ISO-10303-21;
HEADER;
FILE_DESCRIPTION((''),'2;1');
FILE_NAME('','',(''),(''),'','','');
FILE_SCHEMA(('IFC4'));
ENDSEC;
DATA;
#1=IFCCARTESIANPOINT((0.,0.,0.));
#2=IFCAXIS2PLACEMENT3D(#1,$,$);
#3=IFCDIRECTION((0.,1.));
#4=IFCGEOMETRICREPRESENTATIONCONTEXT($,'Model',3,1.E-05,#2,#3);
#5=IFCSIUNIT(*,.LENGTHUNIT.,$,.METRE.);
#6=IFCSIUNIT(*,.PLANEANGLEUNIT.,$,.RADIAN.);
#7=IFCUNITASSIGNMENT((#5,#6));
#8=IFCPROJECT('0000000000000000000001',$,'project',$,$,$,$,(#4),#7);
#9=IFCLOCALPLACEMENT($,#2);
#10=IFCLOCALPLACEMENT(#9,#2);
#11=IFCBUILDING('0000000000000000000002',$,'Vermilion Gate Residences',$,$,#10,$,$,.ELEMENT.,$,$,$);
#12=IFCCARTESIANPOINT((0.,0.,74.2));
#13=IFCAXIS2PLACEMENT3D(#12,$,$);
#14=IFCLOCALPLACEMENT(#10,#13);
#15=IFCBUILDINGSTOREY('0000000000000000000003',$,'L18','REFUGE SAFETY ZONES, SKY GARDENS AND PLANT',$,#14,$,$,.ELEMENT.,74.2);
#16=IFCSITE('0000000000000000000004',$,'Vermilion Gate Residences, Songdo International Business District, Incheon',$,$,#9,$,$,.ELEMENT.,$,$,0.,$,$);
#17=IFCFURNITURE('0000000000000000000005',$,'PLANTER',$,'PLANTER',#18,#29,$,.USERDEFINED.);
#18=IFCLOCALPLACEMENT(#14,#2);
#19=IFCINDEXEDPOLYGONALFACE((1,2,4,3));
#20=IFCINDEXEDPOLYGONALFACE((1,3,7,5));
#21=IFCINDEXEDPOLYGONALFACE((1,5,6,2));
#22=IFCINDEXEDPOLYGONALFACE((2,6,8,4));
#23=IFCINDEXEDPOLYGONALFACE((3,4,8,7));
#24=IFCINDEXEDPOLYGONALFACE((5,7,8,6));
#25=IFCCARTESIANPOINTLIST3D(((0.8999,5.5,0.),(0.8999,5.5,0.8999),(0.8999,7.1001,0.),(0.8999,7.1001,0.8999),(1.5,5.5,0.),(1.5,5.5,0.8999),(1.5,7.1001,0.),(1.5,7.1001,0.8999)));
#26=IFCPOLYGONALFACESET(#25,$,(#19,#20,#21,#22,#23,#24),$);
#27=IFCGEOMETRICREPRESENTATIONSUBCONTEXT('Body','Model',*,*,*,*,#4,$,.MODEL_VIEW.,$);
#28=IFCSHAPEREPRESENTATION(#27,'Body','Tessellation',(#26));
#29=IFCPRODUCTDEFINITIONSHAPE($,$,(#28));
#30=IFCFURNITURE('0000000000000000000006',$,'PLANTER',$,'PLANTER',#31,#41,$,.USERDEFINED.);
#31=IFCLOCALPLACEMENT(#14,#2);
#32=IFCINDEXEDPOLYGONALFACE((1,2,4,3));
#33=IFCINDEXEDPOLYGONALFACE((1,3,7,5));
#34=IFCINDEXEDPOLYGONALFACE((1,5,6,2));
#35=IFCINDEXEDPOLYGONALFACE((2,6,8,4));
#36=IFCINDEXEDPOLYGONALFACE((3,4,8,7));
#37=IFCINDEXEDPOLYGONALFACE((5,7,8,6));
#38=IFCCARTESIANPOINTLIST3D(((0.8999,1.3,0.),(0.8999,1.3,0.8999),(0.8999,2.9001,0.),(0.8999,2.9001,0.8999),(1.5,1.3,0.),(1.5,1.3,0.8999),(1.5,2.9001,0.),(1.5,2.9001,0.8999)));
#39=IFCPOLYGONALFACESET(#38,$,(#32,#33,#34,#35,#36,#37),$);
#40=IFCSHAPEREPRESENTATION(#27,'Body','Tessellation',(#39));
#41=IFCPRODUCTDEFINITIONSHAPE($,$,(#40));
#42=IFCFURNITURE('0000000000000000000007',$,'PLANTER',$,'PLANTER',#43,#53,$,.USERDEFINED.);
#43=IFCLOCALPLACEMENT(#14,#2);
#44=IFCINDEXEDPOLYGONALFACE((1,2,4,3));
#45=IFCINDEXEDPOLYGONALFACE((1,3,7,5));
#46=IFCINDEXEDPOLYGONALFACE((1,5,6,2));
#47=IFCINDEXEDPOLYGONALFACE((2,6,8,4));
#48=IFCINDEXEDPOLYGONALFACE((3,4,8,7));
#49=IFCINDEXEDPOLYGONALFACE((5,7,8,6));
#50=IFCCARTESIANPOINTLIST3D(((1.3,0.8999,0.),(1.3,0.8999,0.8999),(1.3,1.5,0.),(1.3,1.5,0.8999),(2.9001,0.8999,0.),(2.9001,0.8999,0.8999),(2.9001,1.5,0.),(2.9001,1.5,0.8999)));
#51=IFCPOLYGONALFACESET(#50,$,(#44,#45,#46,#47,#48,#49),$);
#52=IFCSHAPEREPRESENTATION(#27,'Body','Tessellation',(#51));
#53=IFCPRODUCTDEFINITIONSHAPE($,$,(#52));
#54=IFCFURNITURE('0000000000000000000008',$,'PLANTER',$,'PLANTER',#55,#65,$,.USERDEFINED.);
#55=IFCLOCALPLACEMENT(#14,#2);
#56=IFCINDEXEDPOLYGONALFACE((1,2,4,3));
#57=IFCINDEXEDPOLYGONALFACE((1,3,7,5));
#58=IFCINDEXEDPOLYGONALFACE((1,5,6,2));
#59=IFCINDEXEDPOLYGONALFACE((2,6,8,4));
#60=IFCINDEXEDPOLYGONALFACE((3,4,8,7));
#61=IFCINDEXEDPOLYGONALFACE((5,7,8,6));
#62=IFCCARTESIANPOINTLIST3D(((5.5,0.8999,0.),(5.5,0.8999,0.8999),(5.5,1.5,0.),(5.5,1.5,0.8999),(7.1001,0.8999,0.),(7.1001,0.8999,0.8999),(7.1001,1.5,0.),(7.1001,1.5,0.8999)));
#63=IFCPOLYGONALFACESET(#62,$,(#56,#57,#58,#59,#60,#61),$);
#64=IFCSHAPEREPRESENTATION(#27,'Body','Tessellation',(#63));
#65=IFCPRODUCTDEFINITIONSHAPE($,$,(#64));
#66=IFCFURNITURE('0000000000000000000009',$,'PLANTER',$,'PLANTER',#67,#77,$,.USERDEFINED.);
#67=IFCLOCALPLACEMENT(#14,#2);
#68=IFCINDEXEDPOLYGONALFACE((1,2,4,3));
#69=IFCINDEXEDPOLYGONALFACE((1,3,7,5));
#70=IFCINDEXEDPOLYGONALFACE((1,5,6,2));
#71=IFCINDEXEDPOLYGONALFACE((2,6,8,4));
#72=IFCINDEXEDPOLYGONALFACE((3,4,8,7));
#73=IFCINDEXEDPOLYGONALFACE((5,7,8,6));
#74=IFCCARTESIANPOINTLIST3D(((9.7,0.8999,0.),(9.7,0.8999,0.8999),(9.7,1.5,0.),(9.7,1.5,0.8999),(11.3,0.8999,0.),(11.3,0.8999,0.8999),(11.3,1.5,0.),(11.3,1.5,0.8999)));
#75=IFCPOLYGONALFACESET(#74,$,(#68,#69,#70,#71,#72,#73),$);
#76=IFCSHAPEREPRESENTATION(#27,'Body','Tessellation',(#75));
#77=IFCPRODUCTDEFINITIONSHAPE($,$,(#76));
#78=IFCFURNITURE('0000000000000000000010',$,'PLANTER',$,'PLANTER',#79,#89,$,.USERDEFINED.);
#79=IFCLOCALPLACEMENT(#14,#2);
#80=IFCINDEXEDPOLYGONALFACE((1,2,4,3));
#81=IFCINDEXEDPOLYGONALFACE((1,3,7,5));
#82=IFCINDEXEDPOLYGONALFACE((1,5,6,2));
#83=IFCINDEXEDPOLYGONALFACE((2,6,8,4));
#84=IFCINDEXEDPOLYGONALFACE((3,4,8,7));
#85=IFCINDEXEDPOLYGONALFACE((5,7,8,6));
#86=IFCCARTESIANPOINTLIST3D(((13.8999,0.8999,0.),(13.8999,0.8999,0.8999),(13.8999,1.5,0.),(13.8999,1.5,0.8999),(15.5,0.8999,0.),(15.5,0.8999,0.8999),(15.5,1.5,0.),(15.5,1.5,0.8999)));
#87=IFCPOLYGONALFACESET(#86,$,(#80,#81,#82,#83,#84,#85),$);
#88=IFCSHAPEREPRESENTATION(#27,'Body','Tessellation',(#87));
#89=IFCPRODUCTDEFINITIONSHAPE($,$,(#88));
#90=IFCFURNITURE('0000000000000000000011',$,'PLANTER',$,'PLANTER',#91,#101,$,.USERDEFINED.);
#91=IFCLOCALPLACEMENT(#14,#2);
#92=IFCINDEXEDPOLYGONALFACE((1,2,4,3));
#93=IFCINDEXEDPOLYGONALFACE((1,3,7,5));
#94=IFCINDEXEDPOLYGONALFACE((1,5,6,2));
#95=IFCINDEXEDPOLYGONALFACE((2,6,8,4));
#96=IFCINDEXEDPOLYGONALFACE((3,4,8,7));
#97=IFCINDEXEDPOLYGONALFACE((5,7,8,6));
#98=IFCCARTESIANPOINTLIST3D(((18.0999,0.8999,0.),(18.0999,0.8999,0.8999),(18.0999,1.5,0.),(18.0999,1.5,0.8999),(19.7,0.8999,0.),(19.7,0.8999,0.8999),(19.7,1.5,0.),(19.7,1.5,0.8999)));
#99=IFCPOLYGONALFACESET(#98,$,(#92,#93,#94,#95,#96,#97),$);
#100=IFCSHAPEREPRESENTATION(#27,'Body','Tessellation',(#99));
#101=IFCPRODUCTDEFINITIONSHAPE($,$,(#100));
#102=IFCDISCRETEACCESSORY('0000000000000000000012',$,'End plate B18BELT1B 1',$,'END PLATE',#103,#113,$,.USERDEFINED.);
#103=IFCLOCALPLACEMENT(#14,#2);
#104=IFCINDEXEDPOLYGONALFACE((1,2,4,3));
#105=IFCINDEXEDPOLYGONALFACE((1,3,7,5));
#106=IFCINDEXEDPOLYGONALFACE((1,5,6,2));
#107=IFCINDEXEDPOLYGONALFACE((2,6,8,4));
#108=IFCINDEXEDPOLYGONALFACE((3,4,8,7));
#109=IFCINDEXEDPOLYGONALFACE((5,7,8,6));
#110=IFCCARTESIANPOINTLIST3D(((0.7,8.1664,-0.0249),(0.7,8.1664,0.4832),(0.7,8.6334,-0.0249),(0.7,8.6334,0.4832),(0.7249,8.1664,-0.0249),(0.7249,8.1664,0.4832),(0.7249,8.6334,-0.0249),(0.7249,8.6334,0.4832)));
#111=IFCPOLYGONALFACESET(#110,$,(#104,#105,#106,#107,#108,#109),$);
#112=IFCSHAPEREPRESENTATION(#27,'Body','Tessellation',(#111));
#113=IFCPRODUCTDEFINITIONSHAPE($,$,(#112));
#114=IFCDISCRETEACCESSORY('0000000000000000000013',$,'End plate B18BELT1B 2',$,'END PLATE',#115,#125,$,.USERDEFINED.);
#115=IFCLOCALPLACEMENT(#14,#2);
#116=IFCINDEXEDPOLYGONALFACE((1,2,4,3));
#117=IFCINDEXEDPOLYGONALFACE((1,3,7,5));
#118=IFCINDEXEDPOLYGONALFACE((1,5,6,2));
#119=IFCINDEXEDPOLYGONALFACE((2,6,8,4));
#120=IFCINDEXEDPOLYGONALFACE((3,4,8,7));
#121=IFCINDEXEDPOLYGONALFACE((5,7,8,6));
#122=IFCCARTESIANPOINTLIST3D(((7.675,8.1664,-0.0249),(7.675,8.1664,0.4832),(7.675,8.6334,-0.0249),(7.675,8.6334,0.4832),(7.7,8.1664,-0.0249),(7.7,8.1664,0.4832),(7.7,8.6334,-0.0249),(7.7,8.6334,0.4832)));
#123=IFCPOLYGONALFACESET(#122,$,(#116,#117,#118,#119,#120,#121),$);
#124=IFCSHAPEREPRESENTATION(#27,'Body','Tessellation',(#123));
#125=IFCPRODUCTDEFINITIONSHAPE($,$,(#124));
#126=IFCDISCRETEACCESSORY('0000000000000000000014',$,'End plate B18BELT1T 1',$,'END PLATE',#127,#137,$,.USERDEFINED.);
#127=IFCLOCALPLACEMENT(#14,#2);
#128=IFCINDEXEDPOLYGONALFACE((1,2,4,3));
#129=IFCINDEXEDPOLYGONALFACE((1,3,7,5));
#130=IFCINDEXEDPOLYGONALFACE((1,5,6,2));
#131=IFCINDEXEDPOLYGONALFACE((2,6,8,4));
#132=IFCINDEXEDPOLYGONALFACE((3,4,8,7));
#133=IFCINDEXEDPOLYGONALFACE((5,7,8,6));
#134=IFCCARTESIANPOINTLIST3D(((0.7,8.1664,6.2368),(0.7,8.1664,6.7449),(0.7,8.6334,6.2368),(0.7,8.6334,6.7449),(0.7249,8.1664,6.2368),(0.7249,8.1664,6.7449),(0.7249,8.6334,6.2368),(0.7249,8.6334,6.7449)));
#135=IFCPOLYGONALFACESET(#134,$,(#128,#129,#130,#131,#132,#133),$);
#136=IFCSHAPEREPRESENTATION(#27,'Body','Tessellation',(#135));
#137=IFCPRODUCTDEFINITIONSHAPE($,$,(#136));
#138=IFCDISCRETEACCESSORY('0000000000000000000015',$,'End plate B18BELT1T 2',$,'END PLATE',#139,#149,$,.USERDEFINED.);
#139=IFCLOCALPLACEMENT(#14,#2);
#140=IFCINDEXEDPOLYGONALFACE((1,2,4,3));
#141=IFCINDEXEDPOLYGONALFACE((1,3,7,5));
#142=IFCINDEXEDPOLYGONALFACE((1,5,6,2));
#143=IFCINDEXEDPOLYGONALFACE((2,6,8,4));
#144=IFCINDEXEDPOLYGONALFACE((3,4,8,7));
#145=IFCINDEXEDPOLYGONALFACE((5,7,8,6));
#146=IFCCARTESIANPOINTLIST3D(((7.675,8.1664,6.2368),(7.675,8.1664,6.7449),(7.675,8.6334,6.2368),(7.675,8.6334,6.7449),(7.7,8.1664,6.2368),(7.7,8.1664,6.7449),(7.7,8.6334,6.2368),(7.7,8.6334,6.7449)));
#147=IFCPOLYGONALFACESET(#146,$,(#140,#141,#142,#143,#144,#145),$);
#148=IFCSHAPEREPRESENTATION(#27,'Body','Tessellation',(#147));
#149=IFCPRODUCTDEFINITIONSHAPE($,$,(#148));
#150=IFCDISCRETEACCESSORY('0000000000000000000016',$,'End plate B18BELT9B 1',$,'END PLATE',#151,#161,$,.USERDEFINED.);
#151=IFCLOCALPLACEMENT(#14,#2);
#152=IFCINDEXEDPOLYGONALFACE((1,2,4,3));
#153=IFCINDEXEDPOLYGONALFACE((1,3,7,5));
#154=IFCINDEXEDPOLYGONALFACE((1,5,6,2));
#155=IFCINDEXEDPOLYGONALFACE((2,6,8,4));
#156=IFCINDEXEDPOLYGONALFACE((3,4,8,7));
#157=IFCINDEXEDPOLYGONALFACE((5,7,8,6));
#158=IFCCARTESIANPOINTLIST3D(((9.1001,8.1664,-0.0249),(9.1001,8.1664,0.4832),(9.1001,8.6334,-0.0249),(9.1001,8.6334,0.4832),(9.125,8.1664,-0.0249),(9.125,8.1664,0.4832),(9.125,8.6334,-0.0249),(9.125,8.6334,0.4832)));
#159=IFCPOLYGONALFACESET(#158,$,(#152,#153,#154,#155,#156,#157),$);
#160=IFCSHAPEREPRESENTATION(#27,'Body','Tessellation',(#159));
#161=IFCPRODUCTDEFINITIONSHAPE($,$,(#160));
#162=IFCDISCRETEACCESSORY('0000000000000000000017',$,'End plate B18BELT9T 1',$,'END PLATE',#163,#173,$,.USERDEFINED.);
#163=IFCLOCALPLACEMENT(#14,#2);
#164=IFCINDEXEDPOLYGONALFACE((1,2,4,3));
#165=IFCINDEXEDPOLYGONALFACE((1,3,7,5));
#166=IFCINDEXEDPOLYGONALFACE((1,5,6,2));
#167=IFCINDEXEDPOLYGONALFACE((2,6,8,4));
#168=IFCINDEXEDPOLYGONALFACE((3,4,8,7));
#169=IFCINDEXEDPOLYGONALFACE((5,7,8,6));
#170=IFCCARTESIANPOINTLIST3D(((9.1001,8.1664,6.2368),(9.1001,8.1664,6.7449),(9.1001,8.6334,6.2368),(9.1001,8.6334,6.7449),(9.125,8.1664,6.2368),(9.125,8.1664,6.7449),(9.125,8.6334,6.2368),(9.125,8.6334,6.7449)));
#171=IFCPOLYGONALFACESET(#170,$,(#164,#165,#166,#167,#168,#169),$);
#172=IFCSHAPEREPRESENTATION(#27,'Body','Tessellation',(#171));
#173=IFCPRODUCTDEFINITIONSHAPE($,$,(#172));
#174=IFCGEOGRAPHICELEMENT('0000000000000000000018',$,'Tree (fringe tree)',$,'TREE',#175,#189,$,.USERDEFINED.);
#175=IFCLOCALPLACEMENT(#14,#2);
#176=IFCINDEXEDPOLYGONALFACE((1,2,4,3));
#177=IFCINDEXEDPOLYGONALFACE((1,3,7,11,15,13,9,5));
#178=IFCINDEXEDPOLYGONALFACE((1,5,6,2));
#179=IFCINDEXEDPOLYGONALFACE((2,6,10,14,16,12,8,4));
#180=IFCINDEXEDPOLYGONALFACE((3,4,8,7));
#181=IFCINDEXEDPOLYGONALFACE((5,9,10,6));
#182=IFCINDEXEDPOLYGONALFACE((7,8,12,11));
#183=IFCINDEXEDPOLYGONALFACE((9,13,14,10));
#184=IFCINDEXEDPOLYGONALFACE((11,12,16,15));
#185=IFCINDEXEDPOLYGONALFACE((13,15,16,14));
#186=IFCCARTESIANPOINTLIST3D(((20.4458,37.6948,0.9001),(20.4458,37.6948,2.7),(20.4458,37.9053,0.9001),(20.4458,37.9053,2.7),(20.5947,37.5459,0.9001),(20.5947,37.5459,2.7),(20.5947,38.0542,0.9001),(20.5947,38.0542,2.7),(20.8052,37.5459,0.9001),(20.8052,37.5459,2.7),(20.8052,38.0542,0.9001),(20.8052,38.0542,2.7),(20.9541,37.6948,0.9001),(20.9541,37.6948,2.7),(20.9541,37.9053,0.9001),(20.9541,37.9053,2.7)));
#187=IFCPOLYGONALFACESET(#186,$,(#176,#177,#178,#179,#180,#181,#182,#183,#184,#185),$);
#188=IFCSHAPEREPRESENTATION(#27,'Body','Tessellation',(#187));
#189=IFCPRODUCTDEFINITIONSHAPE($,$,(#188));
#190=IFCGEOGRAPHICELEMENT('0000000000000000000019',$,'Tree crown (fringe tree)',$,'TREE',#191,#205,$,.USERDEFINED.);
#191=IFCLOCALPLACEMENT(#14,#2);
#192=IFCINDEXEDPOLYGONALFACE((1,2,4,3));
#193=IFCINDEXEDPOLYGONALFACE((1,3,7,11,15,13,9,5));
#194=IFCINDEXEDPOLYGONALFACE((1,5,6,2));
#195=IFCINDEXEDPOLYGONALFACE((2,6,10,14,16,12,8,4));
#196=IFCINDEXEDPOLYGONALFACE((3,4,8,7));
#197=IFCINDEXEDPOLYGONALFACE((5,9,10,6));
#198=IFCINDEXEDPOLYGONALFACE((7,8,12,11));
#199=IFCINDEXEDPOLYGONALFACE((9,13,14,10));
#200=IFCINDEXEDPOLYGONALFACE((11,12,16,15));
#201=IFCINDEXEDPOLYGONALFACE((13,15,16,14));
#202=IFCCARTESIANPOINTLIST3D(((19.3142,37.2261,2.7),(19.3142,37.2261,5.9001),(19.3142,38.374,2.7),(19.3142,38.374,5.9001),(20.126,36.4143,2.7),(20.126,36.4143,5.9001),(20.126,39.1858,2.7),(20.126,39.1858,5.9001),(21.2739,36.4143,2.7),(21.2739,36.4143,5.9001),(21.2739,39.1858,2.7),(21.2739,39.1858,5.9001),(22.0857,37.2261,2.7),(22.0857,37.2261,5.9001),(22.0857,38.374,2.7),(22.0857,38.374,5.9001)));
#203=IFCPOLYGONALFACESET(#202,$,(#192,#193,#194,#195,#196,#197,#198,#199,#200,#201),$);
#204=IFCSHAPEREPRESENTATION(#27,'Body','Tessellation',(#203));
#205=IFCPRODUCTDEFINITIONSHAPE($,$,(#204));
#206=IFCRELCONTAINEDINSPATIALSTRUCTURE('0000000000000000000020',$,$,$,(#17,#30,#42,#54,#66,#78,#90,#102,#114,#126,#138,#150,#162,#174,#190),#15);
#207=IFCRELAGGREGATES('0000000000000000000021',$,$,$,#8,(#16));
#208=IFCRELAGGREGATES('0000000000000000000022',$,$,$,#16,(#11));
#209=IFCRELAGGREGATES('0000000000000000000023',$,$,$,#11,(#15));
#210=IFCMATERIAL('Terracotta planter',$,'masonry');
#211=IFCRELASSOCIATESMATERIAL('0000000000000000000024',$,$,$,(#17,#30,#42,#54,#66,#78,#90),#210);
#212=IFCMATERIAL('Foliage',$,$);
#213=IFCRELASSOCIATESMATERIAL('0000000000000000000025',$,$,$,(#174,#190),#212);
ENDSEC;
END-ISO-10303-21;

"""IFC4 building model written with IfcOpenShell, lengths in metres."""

from ifc_helpers import new_model, si_unit, direction, frame, origin, origin_2d, place, context, subcontext, project, spatial, polyline, rectangle, outline, extrude, material, element, save


model = new_model("IFC4")

# Units and contexts
model_context = context("Model", 3, precision=1e-05, world=origin(), true_north=direction((0.0, 1.0)))
body_context = subcontext(model_context, "Body", "Model", "MODEL_VIEW")
ifc_project = project(units=[si_unit("LENGTHUNIT", "METRE"), si_unit("PLANEANGLEUNIT", "RADIAN")], contexts=[model_context])

# Site, building, storey
site_placement = place(None, origin())
site = spatial("IfcSite", under=ifc_project, at=site_placement, Name="Vermilion Gate Residences, Songdo International Business District, Incheon", CompositionType="ELEMENT", RefElevation=0.0)
building_placement = place(site_placement, origin())
building = spatial("IfcBuilding", under=site, at=building_placement, Name="Vermilion Gate Residences", CompositionType="ELEMENT")
storey_placement = place(building_placement, frame((0.0, 0.0, 74.2)))
storey = spatial("IfcBuildingStorey", under=building, at=storey_placement, Name="L18", Description="REFUGE SAFETY ZONES, SKY GARDENS AND PLANT", CompositionType="ELEMENT", Elevation=74.2)

# Furniture
ifc_material_1 = material(Name="Terracotta planter", Category="masonry")
for number, where, z_axis, x_axis, name in (
    (1, (1.2, 6.3, 0.0), (0.0, 0.0, 1.0), (0.0, -1.0, 0.0), "PLANTER"),
    (2, (1.2, 2.1001, 0.0), (0.0, 0.0, 1.0), (0.0, -1.0, 0.0), "PLANTER"),
    (3, (2.1001, 1.2, 0.0), (0.0, 0.0, 1.0), (1.0, 0.0, 0.0), "PLANTER"),
    (4, (6.3, 1.2, 0.0), (0.0, 0.0, 1.0), (1.0, 0.0, 0.0), "PLANTER"),
    (5, (10.5, 1.2, 0.0), (0.0, 0.0, 1.0), (1.0, 0.0, 0.0), "PLANTER"),
    (6, (14.7, 1.2, 0.0), (0.0, 0.0, 1.0), (1.0, 0.0, 0.0), "PLANTER"),
    (7, (18.8999, 1.2, 0.0), (0.0, 0.0, 1.0), (1.0, 0.0, 0.0), "PLANTER"),
):
    element("IfcFurniture", number, at=place(storey_placement, frame(where, z_axis=z_axis, x_axis=x_axis)), inside=storey, material=ifc_material_1, Name=name, ObjectType="PLANTER", PredefinedType="USERDEFINED", context=body_context, shape_type="SweptSolid", body=[
        extrude(rectangle(XDim=1.6001, YDim=0.6001, at=origin_2d()), origin(), (0.0, 0.0, 1.0), 0.8999),
    ])

# Discrete accessories
for number, where, z_axis, x_axis, name in (
    (8, (0.7124, 8.3999, -0.0249), (0.0, 0.0, 1.0), (1.0, 0.0, 0.0), "End plate B18BELT1B 1"),
    (9, (7.6875, 8.3999, -0.0249), (0.0, 0.0, 1.0), (1.0, 0.0, 0.0), "End plate B18BELT1B 2"),
    (10, (0.7124, 8.3999, 6.2368), (0.0, 0.0, 1.0), (1.0, 0.0, 0.0), "End plate B18BELT1T 1"),
    (11, (7.6875, 8.3999, 6.2368), (0.0, 0.0, 1.0), (1.0, 0.0, 0.0), "End plate B18BELT1T 2"),
    (12, (9.1125, 8.3999, -0.0249), (0.0, 0.0, 1.0), (1.0, 0.0, 0.0), "End plate B18BELT9B 1"),
    (13, (9.1125, 8.3999, 6.2368), (0.0, 0.0, 1.0), (1.0, 0.0, 0.0), "End plate B18BELT9T 1"),
):
    element("IfcDiscreteAccessory", number, at=place(storey_placement, frame(where, z_axis=z_axis, x_axis=x_axis)), inside=storey, Name=name, ObjectType="END PLATE", PredefinedType="USERDEFINED", context=body_context, shape_type="SweptSolid", body=[
        extrude(rectangle(XDim=0.0249, YDim=0.467, at=origin_2d()), origin(), (0.0, 0.0, 1.0), 0.5081),
    ])

# Geographic elements
ifc_material_2 = material(Name="Foliage")
geographic_element_1_placement = place(storey_placement, frame((0.0, 0.0, 0.9001)))
element("IfcGeographicElement", 14, at=geographic_element_1_placement, inside=storey, material=ifc_material_2, Name="Tree (fringe tree)", ObjectType="TREE", PredefinedType="USERDEFINED", context=body_context, shape_type="SweptSolid", body=[
    extrude(outline(polyline([(20.9541, 37.9053), (20.8052, 38.0542), (20.5947, 38.0542), (20.4458, 37.9053), (20.4458, 37.6948), (20.5947, 37.5459), (20.8052, 37.5459), (20.9541, 37.6948), (20.9541, 37.9053)])), origin(), (0.0, 0.0, 1.0), 1.7998),
])
geographic_element_2_placement = place(storey_placement, frame((0.0, 0.0, 2.7)))
element("IfcGeographicElement", 15, at=geographic_element_2_placement, inside=storey, material=ifc_material_2, Name="Tree crown (fringe tree)", ObjectType="TREE", PredefinedType="USERDEFINED", context=body_context, shape_type="SweptSolid", body=[
    extrude(outline(polyline([(22.0857, 38.374), (21.2739, 39.1858), (20.126, 39.1858), (19.3142, 38.374), (19.3142, 37.2261), (20.126, 36.4143), (21.2739, 36.4143), (22.0857, 37.2261), (22.0857, 38.374)])), origin(), (0.0, 0.0, 1.0), 3.2002),
])

save(model, "model.ifc")
